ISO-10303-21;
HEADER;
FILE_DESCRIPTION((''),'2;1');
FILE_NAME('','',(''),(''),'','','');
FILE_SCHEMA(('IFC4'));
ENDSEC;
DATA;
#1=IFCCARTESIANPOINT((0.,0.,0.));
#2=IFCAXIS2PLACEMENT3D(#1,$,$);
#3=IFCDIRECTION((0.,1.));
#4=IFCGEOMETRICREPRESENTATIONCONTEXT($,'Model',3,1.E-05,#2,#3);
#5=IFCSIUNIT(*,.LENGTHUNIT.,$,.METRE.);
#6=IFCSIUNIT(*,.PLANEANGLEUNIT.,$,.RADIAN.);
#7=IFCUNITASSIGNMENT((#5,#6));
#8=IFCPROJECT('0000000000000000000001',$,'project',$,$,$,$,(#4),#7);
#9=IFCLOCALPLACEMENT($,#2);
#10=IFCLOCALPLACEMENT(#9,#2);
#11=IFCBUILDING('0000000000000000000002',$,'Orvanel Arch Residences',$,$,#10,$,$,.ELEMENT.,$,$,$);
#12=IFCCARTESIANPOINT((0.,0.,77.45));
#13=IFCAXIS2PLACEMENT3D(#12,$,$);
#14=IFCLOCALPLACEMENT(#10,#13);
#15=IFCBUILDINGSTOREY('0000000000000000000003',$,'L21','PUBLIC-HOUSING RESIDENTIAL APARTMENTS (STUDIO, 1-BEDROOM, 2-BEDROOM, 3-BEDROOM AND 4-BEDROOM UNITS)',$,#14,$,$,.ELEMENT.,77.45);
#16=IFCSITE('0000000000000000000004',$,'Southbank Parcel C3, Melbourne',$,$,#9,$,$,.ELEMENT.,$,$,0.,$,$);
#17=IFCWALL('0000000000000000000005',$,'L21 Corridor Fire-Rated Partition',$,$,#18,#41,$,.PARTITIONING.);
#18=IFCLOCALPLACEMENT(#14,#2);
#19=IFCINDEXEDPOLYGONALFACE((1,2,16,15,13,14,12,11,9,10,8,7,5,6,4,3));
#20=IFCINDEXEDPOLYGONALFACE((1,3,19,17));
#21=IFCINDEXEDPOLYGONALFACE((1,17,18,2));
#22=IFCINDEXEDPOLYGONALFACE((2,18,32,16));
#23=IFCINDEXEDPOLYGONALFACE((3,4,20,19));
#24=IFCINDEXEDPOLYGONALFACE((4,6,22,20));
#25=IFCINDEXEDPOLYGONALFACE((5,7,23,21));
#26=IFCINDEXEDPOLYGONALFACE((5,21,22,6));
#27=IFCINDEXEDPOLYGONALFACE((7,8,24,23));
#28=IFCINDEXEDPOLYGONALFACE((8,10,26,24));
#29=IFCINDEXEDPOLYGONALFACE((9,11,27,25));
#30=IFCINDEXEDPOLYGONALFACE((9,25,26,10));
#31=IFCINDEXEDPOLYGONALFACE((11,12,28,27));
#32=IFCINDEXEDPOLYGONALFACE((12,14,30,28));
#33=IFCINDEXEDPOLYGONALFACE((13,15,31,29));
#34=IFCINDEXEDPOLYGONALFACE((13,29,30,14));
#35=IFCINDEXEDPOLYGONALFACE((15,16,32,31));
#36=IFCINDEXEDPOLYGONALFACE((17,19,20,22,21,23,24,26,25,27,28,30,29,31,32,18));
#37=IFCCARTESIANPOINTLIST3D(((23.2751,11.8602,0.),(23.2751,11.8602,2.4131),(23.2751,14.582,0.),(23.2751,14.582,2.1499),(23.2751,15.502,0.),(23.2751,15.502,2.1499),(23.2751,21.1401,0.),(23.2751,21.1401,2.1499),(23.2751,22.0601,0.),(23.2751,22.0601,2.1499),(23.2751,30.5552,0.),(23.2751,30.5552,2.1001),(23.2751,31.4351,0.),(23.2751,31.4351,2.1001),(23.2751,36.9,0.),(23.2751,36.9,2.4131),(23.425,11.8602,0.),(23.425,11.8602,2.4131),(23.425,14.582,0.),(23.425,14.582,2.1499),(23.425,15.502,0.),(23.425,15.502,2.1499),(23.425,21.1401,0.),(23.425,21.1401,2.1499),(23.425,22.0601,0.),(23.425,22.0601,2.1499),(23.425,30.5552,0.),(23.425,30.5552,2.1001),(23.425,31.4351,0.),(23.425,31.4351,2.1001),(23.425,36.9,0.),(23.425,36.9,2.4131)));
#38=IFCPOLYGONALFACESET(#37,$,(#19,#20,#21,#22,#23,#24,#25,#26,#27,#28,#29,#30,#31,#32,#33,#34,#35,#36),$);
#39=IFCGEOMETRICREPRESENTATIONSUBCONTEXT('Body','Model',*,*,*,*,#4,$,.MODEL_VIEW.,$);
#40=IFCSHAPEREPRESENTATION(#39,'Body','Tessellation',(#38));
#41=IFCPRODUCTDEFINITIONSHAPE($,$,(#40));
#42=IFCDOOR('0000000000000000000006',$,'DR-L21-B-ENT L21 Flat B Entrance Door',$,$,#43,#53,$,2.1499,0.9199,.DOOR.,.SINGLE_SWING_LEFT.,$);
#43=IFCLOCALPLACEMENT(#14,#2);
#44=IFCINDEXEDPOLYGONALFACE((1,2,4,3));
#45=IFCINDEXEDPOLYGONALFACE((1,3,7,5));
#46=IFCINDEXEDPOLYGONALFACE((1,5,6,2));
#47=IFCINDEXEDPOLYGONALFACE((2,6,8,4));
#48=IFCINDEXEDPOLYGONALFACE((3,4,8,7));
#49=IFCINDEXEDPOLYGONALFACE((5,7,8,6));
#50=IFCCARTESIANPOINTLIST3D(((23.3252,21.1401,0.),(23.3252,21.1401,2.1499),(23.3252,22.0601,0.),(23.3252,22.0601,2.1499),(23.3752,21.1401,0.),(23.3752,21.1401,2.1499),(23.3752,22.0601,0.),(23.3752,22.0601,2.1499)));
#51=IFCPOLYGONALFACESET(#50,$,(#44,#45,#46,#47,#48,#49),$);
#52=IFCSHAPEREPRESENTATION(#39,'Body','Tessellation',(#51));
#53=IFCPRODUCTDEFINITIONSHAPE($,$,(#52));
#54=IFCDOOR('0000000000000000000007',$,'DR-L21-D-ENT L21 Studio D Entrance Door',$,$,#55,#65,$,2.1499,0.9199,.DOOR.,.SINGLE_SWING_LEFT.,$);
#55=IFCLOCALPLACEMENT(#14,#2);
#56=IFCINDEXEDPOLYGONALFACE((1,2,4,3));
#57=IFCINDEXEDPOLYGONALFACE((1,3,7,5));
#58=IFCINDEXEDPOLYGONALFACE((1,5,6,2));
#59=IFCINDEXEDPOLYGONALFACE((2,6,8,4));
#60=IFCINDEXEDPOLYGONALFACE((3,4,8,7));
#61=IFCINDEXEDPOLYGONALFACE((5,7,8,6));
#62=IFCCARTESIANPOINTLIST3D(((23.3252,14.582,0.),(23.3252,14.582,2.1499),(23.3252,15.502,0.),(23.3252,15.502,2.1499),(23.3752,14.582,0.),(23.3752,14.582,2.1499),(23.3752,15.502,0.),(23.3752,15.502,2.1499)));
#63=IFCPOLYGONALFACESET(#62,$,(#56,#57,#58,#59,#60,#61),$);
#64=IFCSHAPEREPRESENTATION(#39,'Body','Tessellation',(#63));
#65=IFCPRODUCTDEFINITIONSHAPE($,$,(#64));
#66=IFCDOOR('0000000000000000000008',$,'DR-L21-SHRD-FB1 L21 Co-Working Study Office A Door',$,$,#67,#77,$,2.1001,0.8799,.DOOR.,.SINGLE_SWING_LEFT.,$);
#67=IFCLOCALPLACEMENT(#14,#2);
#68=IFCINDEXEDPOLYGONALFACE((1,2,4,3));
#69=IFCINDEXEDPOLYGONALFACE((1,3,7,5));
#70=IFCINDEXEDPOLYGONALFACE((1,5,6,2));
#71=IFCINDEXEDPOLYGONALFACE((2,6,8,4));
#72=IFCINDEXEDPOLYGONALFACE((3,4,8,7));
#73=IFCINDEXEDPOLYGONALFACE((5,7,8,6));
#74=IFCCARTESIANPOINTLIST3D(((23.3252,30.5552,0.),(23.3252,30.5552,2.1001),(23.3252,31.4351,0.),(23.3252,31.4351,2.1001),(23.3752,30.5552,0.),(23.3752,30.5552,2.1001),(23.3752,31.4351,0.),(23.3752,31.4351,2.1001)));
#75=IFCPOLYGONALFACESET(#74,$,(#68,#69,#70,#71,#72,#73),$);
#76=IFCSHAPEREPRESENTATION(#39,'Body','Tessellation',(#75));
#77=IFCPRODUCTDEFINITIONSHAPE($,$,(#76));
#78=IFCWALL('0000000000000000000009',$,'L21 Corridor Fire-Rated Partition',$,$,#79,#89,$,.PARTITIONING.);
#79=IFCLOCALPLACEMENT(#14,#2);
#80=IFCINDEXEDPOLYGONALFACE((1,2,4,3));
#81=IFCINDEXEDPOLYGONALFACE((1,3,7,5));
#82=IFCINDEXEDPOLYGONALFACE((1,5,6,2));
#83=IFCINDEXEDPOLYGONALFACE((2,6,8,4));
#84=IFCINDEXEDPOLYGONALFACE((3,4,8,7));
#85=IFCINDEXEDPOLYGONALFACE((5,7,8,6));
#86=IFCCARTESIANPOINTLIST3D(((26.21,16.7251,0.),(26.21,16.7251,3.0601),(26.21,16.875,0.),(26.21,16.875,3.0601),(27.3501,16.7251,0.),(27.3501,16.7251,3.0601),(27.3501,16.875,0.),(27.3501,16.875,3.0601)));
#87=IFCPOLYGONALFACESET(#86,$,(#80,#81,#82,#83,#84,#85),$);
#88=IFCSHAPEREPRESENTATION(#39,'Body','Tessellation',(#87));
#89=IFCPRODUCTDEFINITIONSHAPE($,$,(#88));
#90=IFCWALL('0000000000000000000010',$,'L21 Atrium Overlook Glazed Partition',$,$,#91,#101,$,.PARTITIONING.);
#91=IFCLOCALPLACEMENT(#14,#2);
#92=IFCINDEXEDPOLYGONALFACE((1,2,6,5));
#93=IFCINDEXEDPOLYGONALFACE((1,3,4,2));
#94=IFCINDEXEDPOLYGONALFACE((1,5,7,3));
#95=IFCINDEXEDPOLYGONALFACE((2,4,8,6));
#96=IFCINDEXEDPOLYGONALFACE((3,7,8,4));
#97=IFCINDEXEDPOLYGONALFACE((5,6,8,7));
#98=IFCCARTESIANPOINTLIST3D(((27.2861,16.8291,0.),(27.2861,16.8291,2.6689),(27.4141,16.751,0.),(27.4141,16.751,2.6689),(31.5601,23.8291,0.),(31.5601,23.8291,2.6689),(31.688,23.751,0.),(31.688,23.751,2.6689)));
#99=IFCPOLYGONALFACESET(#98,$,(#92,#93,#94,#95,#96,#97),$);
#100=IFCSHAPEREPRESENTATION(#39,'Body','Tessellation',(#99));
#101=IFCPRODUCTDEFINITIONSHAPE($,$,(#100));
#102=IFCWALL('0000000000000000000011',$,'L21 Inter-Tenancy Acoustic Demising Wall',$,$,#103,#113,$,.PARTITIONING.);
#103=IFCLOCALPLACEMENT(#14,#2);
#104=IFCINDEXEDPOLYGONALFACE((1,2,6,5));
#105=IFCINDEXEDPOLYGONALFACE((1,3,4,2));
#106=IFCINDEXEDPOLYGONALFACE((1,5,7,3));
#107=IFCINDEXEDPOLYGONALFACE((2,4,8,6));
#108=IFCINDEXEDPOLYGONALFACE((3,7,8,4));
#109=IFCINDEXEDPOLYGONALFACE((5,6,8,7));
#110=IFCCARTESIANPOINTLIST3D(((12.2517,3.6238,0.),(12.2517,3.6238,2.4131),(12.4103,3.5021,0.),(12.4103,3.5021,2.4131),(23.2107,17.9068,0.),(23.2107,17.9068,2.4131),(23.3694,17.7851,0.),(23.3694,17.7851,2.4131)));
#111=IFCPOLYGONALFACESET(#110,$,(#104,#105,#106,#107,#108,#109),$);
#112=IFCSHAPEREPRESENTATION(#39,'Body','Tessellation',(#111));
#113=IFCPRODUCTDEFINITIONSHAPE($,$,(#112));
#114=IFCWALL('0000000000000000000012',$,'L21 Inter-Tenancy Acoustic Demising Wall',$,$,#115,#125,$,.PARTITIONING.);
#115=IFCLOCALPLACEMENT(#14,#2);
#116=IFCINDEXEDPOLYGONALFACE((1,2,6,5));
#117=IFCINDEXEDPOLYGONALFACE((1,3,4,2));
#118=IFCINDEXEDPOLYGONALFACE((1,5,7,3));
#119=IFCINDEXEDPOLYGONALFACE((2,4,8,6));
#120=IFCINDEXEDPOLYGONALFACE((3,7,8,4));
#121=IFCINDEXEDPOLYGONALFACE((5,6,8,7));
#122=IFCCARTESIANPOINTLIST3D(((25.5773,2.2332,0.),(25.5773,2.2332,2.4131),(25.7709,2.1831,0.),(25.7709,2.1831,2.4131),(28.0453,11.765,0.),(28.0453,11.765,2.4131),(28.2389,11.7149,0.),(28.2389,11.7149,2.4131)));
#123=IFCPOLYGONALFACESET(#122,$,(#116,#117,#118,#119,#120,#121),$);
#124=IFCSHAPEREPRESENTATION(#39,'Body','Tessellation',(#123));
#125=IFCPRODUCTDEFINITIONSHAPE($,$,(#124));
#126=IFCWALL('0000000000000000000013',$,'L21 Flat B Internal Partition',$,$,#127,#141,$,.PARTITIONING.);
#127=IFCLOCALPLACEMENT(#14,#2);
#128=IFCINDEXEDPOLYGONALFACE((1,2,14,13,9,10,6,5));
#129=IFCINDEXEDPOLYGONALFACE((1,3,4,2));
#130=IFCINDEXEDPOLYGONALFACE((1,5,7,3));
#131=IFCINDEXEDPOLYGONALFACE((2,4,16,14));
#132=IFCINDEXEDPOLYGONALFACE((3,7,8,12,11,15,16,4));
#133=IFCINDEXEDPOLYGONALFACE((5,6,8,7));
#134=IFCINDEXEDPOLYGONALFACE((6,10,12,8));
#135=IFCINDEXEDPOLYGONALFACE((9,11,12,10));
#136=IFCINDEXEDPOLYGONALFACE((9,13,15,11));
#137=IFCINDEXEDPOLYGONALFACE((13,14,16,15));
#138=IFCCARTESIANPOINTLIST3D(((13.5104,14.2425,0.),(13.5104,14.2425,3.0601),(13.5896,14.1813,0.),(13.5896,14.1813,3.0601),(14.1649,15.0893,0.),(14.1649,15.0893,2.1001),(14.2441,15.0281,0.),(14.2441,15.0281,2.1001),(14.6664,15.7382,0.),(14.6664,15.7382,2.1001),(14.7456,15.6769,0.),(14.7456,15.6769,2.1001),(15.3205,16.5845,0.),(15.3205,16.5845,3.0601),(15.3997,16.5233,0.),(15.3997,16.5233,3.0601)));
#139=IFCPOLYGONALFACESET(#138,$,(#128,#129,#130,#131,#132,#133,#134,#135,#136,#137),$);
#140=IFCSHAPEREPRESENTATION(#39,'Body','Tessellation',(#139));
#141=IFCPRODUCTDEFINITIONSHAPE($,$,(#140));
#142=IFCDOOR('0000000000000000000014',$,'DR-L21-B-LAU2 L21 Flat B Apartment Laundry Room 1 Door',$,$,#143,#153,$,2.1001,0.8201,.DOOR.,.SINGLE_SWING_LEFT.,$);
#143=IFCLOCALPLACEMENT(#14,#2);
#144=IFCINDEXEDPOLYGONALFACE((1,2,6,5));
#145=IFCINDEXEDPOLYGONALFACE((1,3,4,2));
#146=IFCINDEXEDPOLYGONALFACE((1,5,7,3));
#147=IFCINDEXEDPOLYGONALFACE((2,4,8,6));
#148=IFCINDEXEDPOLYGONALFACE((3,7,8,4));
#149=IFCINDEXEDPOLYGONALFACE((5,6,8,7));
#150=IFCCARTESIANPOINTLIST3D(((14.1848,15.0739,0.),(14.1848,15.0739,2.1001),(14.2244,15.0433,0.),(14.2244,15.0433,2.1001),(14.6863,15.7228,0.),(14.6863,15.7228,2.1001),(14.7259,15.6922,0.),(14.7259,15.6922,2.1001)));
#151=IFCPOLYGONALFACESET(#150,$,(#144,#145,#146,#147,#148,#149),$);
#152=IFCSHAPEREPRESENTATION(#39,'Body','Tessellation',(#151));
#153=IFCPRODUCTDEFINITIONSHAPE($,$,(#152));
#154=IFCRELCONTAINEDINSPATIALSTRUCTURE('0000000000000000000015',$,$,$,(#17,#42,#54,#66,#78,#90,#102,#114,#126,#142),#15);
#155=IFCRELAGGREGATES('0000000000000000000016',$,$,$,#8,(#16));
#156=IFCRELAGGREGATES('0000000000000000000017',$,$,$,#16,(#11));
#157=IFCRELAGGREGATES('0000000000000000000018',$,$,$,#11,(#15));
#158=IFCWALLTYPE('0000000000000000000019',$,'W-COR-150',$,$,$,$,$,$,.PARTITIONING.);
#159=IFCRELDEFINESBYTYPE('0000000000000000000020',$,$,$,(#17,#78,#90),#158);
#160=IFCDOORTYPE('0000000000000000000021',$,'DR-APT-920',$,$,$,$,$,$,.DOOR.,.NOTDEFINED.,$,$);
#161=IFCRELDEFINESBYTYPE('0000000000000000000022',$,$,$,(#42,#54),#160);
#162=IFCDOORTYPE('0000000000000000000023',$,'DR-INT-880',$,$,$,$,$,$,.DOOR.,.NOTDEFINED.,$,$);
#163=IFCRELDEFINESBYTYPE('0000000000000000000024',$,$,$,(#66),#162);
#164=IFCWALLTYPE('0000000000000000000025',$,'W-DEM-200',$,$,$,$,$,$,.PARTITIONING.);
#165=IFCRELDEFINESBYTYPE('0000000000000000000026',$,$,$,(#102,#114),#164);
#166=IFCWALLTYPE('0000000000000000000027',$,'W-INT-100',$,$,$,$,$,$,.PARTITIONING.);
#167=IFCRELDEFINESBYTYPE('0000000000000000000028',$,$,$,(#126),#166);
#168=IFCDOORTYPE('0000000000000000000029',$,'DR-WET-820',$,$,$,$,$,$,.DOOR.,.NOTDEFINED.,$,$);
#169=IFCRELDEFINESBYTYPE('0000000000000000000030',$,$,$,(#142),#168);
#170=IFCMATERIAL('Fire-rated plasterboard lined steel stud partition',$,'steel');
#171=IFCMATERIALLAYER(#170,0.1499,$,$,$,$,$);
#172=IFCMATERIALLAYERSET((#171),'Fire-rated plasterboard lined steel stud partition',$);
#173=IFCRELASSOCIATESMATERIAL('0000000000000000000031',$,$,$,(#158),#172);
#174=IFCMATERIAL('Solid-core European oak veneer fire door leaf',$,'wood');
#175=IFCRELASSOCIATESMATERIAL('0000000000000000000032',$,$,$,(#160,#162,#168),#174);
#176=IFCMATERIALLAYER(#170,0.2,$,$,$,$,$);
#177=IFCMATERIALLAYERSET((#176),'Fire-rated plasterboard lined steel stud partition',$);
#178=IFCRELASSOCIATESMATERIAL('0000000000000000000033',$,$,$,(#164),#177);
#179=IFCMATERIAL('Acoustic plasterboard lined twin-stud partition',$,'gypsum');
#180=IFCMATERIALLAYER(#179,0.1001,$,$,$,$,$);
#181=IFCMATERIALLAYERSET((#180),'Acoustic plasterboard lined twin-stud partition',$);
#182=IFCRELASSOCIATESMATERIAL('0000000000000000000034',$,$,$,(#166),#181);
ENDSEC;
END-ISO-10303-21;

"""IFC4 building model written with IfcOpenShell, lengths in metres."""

from ifc_helpers import new_model, si_unit, direction, frame, frame_2d, origin, place, context, subcontext, project, spatial, rectangle, extrude, material, layer, layer_set, type_object, element, fill, save


model = new_model("IFC4")

# Units and contexts
model_context = context("Model", 3, precision=1e-05, world=origin(), true_north=direction((0.0, 1.0)))
body_context = subcontext(model_context, "Body", "Model", "MODEL_VIEW")
ifc_project = project(units=[si_unit("LENGTHUNIT", "METRE"), si_unit("PLANEANGLEUNIT", "RADIAN")], contexts=[model_context])

# Site, building, storey
site_placement = place(None, origin())
site = spatial("IfcSite", under=ifc_project, at=site_placement, Name="Southbank Parcel C3, Melbourne", CompositionType="ELEMENT", RefElevation=0.0)
building_placement = place(site_placement, origin())
building = spatial("IfcBuilding", under=site, at=building_placement, Name="Orvanel Arch Residences", CompositionType="ELEMENT")
storey_placement = place(building_placement, frame((0.0, 0.0, 77.45)))
storey = spatial("IfcBuildingStorey", under=building, at=storey_placement, Name="L21", Description="PUBLIC-HOUSING RESIDENTIAL APARTMENTS (STUDIO, 1-BEDROOM, 2-BEDROOM, 3-BEDROOM AND 4-BEDROOM UNITS)", CompositionType="ELEMENT", Elevation=77.45)

# Wall, openings, doors
ifc_material_1 = material(Name="Fire-rated plasterboard lined steel stud partition", Category="steel")
ifc_layer_1 = layer(ifc_material_1, 0.1499)
ifc_layer_set_1 = layer_set([ifc_layer_1], Name="Fire-rated plasterboard lined steel stud partition")
wall_type_1 = type_object("IfcWallType", Name="W-COR-150", PredefinedType="PARTITIONING", material=ifc_layer_set_1)
wall_1_placement = place(storey_placement, frame((23.3501, 11.8601, 0.0), z_axis=(0.0, 0.0, 1.0), x_axis=(0.0, 1.0, 0.0)))
wall_1 = element("IfcWall", 1, at=wall_1_placement, inside=storey, type_object=wall_type_1, Name="L21 Corridor Fire-Rated Partition", PredefinedType="PARTITIONING", context=body_context, shape_type="SweptSolid", body=[
    extrude(rectangle(XDim=25.0398, YDim=0.1499, at=frame_2d((12.52, 0.0))), origin(), (0.0, 0.0, 1.0), 2.4131),
])
opening_1_placement = place(wall_1_placement, frame((18.6951, 0.0, 0.0)))
opening_1 = element("IfcOpeningElement", 2, at=opening_1_placement, cuts=wall_1, PredefinedType="OPENING", context=body_context, shape_type="SweptSolid", body=[
    extrude(rectangle(XDim=0.8799, YDim=2.1001, at=frame_2d((0.4399, 1.05))), frame((0.0, 0.085, 0.0), z_axis=(0.0, -1.0, 0.0), x_axis=(1.0, 0.0, 0.0)), (0.0, 0.0, 1.0), 0.1699),
])
opening_2_placement = place(wall_1_placement, frame((9.28, 0.0, 0.0)))
opening_2 = element("IfcOpeningElement", 3, at=opening_2_placement, cuts=wall_1, PredefinedType="OPENING", context=body_context, shape_type="SweptSolid", body=[
    extrude(rectangle(XDim=0.9199, YDim=2.1499, at=frame_2d((0.46, 1.075))), frame((0.0, 0.085, 0.0), z_axis=(0.0, -1.0, 0.0), x_axis=(1.0, 0.0, 0.0)), (0.0, 0.0, 1.0), 0.1699),
])
opening_3_placement = place(wall_1_placement, frame((2.7219, 0.0, 0.0)))
opening_3 = element("IfcOpeningElement", 4, at=opening_3_placement, cuts=wall_1, PredefinedType="OPENING", context=body_context, shape_type="SweptSolid", body=[
    extrude(rectangle(XDim=0.9199, YDim=2.1499, at=frame_2d((0.46, 1.075))), frame((0.0, 0.085, 0.0), z_axis=(0.0, -1.0, 0.0), x_axis=(1.0, 0.0, 0.0)), (0.0, 0.0, 1.0), 0.1699),
])
ifc_material_2 = material(Name="Solid-core European oak veneer fire door leaf", Category="wood")
door_type_1 = type_object("IfcDoorType", Name="DR-APT-920", OperationType="NOTDEFINED", PredefinedType="DOOR", material=ifc_material_2)
door_1_placement = place(opening_2_placement, origin())
door_1 = element("IfcDoor", 5, at=door_1_placement, inside=storey, type_object=door_type_1, Name="DR-L21-B-ENT L21 Flat B Entrance Door", OperationType="SINGLE_SWING_LEFT", OverallHeight=2.1499, OverallWidth=0.9199, PredefinedType="DOOR", context=body_context, shape_type="SweptSolid", body=[
    extrude(rectangle(XDim=0.9199, YDim=2.1499, at=frame_2d((0.46, 1.075))), frame((0.0, 0.0249, 0.0), z_axis=(0.0, -1.0, 0.0), x_axis=(1.0, 0.0, 0.0)), (0.0, 0.0, 1.0), 0.05),
])
fill(opening_2, door_1)
door_2_placement = place(opening_3_placement, origin())
door_2 = element("IfcDoor", 6, at=door_2_placement, inside=storey, type_object=door_type_1, Name="DR-L21-D-ENT L21 Studio D Entrance Door", OperationType="SINGLE_SWING_LEFT", OverallHeight=2.1499, OverallWidth=0.9199, PredefinedType="DOOR", context=body_context, shape_type="SweptSolid", body=[
    extrude(rectangle(XDim=0.9199, YDim=2.1499, at=frame_2d((0.46, 1.075))), frame((0.0, 0.0249, 0.0), z_axis=(0.0, -1.0, 0.0), x_axis=(1.0, 0.0, 0.0)), (0.0, 0.0, 1.0), 0.05),
])
fill(opening_3, door_2)
door_type_2 = type_object("IfcDoorType", Name="DR-INT-880", OperationType="NOTDEFINED", PredefinedType="DOOR", material=ifc_material_2)
door_3_placement = place(opening_1_placement, origin())
door_3 = element("IfcDoor", 7, at=door_3_placement, inside=storey, type_object=door_type_2, Name="DR-L21-SHRD-FB1 L21 Co-Working Study Office A Door", OperationType="SINGLE_SWING_LEFT", OverallHeight=2.1001, OverallWidth=0.8799, PredefinedType="DOOR", context=body_context, shape_type="SweptSolid", body=[
    extrude(rectangle(XDim=0.8799, YDim=2.1001, at=frame_2d((0.4399, 1.05))), frame((0.0, 0.0249, 0.0), z_axis=(0.0, -1.0, 0.0), x_axis=(1.0, 0.0, 0.0)), (0.0, 0.0, 1.0), 0.05),
])
fill(opening_1, door_3)

# Walls
wall_2_placement = place(storey_placement, frame((26.21, 16.8, 0.0), z_axis=(0.0, 0.0, 1.0), x_axis=(1.0, 0.0, 0.0)))
element("IfcWall", 8, at=wall_2_placement, inside=storey, type_object=wall_type_1, Name="L21 Corridor Fire-Rated Partition", PredefinedType="PARTITIONING", context=body_context, shape_type="SweptSolid", body=[
    extrude(rectangle(XDim=1.1401, YDim=0.1499, at=frame_2d((0.5701, 0.0))), origin(), (0.0, 0.0, 1.0), 3.0601),
])
wall_3_placement = place(storey_placement, frame((27.3501, 16.79, 0.0), z_axis=(0.0, 0.0, 1.0), x_axis=(0.521108, 0.853491, 0.0)))
element("IfcWall", 9, at=wall_3_placement, inside=storey, type_object=wall_type_1, Name="L21 Atrium Overlook Glazed Partition", PredefinedType="PARTITIONING", context=body_context, shape_type="SweptSolid", body=[
    extrude(rectangle(XDim=8.2017, YDim=0.1499, at=frame_2d((4.1008, 0.0))), origin(), (0.0, 0.0, 1.0), 2.6689),
])
ifc_layer_2 = layer(ifc_material_1, 0.2)
ifc_layer_set_2 = layer_set([ifc_layer_2], Name="Fire-rated plasterboard lined steel stud partition")
wall_type_2 = type_object("IfcWallType", Name="W-DEM-200", PredefinedType="PARTITIONING", material=ifc_layer_set_2)
wall_4_placement = place(storey_placement, frame((23.29, 17.8459, 0.0), z_axis=(0.0, 0.0, 1.0), x_axis=(-0.608736, -0.793373, 0.0)))
element("IfcWall", 10, at=wall_4_placement, inside=storey, type_object=wall_type_2, Name="L21 Inter-Tenancy Acoustic Demising Wall", PredefinedType="PARTITIONING", context=body_context, shape_type="SweptSolid", body=[
    extrude(rectangle(XDim=18.0029, YDim=0.2, at=frame_2d((9.0015, 0.0))), origin(), (0.0, 0.0, 1.0), 2.4131),
])
wall_5_placement = place(storey_placement, frame((28.1421, 11.74, 0.0), z_axis=(0.0, 0.0, 1.0), x_axis=(-0.250654, -0.968077, 0.0)))
element("IfcWall", 11, at=wall_5_placement, inside=storey, type_object=wall_type_2, Name="L21 Inter-Tenancy Acoustic Demising Wall", PredefinedType="PARTITIONING", context=body_context, shape_type="SweptSolid", body=[
    extrude(rectangle(XDim=9.8462, YDim=0.2, at=frame_2d((4.9231, 0.0))), origin(), (0.0, 0.0, 1.0), 2.4131),
])

# Wall, opening, door
ifc_material_3 = material(Name="Acoustic plasterboard lined twin-stud partition", Category="gypsum")
ifc_layer_3 = layer(ifc_material_3, 0.1001)
ifc_layer_set_3 = layer_set([ifc_layer_3], Name="Acoustic plasterboard lined twin-stud partition")
wall_type_3 = type_object("IfcWallType", Name="W-INT-100", PredefinedType="PARTITIONING", material=ifc_layer_set_3)
wall_6_placement = place(storey_placement, frame((13.55, 14.2119, 0.0), z_axis=(0.0, 0.0, 1.0), x_axis=(0.611511, 0.791236, 0.0)))
wall_6 = element("IfcWall", 12, at=wall_6_placement, inside=storey, type_object=wall_type_3, Name="L21 Flat B Internal Partition", PredefinedType="PARTITIONING", context=body_context, shape_type="SweptSolid", body=[
    extrude(rectangle(XDim=2.96, YDim=0.1001, at=frame_2d((1.48, 0.0))), origin(), (0.0, 0.0, 1.0), 3.0601),
])
opening_4_placement = place(wall_6_placement, frame((1.0701, 0.0, 0.0)))
opening_4 = element("IfcOpeningElement", 13, at=opening_4_placement, cuts=wall_6, PredefinedType="OPENING", context=body_context, shape_type="SweptSolid", body=[
    extrude(rectangle(XDim=0.8201, YDim=2.1001, at=frame_2d((0.4102, 1.05))), frame((0.0, 0.0601, 0.0), z_axis=(0.0, -1.0, 0.0), x_axis=(1.0, 0.0, 0.0)), (0.0, 0.0, 1.0), 0.1201),
])
door_type_3 = type_object("IfcDoorType", Name="DR-WET-820", OperationType="NOTDEFINED", PredefinedType="DOOR", material=ifc_material_2)
door_4_placement = place(opening_4_placement, origin())
door_4 = element("IfcDoor", 14, at=door_4_placement, inside=storey, type_object=door_type_3, Name="DR-L21-B-LAU2 L21 Flat B Apartment Laundry Room 1 Door", OperationType="SINGLE_SWING_LEFT", OverallHeight=2.1001, OverallWidth=0.8201, PredefinedType="DOOR", context=body_context, shape_type="SweptSolid", body=[
    extrude(rectangle(XDim=0.8201, YDim=2.1001, at=frame_2d((0.4102, 1.05))), frame((0.0, 0.0249, 0.0), z_axis=(0.0, -1.0, 0.0), x_axis=(1.0, 0.0, 0.0)), (0.0, 0.0, 1.0), 0.05),
])
fill(opening_4, door_4)

save(model, "model.ifc")
